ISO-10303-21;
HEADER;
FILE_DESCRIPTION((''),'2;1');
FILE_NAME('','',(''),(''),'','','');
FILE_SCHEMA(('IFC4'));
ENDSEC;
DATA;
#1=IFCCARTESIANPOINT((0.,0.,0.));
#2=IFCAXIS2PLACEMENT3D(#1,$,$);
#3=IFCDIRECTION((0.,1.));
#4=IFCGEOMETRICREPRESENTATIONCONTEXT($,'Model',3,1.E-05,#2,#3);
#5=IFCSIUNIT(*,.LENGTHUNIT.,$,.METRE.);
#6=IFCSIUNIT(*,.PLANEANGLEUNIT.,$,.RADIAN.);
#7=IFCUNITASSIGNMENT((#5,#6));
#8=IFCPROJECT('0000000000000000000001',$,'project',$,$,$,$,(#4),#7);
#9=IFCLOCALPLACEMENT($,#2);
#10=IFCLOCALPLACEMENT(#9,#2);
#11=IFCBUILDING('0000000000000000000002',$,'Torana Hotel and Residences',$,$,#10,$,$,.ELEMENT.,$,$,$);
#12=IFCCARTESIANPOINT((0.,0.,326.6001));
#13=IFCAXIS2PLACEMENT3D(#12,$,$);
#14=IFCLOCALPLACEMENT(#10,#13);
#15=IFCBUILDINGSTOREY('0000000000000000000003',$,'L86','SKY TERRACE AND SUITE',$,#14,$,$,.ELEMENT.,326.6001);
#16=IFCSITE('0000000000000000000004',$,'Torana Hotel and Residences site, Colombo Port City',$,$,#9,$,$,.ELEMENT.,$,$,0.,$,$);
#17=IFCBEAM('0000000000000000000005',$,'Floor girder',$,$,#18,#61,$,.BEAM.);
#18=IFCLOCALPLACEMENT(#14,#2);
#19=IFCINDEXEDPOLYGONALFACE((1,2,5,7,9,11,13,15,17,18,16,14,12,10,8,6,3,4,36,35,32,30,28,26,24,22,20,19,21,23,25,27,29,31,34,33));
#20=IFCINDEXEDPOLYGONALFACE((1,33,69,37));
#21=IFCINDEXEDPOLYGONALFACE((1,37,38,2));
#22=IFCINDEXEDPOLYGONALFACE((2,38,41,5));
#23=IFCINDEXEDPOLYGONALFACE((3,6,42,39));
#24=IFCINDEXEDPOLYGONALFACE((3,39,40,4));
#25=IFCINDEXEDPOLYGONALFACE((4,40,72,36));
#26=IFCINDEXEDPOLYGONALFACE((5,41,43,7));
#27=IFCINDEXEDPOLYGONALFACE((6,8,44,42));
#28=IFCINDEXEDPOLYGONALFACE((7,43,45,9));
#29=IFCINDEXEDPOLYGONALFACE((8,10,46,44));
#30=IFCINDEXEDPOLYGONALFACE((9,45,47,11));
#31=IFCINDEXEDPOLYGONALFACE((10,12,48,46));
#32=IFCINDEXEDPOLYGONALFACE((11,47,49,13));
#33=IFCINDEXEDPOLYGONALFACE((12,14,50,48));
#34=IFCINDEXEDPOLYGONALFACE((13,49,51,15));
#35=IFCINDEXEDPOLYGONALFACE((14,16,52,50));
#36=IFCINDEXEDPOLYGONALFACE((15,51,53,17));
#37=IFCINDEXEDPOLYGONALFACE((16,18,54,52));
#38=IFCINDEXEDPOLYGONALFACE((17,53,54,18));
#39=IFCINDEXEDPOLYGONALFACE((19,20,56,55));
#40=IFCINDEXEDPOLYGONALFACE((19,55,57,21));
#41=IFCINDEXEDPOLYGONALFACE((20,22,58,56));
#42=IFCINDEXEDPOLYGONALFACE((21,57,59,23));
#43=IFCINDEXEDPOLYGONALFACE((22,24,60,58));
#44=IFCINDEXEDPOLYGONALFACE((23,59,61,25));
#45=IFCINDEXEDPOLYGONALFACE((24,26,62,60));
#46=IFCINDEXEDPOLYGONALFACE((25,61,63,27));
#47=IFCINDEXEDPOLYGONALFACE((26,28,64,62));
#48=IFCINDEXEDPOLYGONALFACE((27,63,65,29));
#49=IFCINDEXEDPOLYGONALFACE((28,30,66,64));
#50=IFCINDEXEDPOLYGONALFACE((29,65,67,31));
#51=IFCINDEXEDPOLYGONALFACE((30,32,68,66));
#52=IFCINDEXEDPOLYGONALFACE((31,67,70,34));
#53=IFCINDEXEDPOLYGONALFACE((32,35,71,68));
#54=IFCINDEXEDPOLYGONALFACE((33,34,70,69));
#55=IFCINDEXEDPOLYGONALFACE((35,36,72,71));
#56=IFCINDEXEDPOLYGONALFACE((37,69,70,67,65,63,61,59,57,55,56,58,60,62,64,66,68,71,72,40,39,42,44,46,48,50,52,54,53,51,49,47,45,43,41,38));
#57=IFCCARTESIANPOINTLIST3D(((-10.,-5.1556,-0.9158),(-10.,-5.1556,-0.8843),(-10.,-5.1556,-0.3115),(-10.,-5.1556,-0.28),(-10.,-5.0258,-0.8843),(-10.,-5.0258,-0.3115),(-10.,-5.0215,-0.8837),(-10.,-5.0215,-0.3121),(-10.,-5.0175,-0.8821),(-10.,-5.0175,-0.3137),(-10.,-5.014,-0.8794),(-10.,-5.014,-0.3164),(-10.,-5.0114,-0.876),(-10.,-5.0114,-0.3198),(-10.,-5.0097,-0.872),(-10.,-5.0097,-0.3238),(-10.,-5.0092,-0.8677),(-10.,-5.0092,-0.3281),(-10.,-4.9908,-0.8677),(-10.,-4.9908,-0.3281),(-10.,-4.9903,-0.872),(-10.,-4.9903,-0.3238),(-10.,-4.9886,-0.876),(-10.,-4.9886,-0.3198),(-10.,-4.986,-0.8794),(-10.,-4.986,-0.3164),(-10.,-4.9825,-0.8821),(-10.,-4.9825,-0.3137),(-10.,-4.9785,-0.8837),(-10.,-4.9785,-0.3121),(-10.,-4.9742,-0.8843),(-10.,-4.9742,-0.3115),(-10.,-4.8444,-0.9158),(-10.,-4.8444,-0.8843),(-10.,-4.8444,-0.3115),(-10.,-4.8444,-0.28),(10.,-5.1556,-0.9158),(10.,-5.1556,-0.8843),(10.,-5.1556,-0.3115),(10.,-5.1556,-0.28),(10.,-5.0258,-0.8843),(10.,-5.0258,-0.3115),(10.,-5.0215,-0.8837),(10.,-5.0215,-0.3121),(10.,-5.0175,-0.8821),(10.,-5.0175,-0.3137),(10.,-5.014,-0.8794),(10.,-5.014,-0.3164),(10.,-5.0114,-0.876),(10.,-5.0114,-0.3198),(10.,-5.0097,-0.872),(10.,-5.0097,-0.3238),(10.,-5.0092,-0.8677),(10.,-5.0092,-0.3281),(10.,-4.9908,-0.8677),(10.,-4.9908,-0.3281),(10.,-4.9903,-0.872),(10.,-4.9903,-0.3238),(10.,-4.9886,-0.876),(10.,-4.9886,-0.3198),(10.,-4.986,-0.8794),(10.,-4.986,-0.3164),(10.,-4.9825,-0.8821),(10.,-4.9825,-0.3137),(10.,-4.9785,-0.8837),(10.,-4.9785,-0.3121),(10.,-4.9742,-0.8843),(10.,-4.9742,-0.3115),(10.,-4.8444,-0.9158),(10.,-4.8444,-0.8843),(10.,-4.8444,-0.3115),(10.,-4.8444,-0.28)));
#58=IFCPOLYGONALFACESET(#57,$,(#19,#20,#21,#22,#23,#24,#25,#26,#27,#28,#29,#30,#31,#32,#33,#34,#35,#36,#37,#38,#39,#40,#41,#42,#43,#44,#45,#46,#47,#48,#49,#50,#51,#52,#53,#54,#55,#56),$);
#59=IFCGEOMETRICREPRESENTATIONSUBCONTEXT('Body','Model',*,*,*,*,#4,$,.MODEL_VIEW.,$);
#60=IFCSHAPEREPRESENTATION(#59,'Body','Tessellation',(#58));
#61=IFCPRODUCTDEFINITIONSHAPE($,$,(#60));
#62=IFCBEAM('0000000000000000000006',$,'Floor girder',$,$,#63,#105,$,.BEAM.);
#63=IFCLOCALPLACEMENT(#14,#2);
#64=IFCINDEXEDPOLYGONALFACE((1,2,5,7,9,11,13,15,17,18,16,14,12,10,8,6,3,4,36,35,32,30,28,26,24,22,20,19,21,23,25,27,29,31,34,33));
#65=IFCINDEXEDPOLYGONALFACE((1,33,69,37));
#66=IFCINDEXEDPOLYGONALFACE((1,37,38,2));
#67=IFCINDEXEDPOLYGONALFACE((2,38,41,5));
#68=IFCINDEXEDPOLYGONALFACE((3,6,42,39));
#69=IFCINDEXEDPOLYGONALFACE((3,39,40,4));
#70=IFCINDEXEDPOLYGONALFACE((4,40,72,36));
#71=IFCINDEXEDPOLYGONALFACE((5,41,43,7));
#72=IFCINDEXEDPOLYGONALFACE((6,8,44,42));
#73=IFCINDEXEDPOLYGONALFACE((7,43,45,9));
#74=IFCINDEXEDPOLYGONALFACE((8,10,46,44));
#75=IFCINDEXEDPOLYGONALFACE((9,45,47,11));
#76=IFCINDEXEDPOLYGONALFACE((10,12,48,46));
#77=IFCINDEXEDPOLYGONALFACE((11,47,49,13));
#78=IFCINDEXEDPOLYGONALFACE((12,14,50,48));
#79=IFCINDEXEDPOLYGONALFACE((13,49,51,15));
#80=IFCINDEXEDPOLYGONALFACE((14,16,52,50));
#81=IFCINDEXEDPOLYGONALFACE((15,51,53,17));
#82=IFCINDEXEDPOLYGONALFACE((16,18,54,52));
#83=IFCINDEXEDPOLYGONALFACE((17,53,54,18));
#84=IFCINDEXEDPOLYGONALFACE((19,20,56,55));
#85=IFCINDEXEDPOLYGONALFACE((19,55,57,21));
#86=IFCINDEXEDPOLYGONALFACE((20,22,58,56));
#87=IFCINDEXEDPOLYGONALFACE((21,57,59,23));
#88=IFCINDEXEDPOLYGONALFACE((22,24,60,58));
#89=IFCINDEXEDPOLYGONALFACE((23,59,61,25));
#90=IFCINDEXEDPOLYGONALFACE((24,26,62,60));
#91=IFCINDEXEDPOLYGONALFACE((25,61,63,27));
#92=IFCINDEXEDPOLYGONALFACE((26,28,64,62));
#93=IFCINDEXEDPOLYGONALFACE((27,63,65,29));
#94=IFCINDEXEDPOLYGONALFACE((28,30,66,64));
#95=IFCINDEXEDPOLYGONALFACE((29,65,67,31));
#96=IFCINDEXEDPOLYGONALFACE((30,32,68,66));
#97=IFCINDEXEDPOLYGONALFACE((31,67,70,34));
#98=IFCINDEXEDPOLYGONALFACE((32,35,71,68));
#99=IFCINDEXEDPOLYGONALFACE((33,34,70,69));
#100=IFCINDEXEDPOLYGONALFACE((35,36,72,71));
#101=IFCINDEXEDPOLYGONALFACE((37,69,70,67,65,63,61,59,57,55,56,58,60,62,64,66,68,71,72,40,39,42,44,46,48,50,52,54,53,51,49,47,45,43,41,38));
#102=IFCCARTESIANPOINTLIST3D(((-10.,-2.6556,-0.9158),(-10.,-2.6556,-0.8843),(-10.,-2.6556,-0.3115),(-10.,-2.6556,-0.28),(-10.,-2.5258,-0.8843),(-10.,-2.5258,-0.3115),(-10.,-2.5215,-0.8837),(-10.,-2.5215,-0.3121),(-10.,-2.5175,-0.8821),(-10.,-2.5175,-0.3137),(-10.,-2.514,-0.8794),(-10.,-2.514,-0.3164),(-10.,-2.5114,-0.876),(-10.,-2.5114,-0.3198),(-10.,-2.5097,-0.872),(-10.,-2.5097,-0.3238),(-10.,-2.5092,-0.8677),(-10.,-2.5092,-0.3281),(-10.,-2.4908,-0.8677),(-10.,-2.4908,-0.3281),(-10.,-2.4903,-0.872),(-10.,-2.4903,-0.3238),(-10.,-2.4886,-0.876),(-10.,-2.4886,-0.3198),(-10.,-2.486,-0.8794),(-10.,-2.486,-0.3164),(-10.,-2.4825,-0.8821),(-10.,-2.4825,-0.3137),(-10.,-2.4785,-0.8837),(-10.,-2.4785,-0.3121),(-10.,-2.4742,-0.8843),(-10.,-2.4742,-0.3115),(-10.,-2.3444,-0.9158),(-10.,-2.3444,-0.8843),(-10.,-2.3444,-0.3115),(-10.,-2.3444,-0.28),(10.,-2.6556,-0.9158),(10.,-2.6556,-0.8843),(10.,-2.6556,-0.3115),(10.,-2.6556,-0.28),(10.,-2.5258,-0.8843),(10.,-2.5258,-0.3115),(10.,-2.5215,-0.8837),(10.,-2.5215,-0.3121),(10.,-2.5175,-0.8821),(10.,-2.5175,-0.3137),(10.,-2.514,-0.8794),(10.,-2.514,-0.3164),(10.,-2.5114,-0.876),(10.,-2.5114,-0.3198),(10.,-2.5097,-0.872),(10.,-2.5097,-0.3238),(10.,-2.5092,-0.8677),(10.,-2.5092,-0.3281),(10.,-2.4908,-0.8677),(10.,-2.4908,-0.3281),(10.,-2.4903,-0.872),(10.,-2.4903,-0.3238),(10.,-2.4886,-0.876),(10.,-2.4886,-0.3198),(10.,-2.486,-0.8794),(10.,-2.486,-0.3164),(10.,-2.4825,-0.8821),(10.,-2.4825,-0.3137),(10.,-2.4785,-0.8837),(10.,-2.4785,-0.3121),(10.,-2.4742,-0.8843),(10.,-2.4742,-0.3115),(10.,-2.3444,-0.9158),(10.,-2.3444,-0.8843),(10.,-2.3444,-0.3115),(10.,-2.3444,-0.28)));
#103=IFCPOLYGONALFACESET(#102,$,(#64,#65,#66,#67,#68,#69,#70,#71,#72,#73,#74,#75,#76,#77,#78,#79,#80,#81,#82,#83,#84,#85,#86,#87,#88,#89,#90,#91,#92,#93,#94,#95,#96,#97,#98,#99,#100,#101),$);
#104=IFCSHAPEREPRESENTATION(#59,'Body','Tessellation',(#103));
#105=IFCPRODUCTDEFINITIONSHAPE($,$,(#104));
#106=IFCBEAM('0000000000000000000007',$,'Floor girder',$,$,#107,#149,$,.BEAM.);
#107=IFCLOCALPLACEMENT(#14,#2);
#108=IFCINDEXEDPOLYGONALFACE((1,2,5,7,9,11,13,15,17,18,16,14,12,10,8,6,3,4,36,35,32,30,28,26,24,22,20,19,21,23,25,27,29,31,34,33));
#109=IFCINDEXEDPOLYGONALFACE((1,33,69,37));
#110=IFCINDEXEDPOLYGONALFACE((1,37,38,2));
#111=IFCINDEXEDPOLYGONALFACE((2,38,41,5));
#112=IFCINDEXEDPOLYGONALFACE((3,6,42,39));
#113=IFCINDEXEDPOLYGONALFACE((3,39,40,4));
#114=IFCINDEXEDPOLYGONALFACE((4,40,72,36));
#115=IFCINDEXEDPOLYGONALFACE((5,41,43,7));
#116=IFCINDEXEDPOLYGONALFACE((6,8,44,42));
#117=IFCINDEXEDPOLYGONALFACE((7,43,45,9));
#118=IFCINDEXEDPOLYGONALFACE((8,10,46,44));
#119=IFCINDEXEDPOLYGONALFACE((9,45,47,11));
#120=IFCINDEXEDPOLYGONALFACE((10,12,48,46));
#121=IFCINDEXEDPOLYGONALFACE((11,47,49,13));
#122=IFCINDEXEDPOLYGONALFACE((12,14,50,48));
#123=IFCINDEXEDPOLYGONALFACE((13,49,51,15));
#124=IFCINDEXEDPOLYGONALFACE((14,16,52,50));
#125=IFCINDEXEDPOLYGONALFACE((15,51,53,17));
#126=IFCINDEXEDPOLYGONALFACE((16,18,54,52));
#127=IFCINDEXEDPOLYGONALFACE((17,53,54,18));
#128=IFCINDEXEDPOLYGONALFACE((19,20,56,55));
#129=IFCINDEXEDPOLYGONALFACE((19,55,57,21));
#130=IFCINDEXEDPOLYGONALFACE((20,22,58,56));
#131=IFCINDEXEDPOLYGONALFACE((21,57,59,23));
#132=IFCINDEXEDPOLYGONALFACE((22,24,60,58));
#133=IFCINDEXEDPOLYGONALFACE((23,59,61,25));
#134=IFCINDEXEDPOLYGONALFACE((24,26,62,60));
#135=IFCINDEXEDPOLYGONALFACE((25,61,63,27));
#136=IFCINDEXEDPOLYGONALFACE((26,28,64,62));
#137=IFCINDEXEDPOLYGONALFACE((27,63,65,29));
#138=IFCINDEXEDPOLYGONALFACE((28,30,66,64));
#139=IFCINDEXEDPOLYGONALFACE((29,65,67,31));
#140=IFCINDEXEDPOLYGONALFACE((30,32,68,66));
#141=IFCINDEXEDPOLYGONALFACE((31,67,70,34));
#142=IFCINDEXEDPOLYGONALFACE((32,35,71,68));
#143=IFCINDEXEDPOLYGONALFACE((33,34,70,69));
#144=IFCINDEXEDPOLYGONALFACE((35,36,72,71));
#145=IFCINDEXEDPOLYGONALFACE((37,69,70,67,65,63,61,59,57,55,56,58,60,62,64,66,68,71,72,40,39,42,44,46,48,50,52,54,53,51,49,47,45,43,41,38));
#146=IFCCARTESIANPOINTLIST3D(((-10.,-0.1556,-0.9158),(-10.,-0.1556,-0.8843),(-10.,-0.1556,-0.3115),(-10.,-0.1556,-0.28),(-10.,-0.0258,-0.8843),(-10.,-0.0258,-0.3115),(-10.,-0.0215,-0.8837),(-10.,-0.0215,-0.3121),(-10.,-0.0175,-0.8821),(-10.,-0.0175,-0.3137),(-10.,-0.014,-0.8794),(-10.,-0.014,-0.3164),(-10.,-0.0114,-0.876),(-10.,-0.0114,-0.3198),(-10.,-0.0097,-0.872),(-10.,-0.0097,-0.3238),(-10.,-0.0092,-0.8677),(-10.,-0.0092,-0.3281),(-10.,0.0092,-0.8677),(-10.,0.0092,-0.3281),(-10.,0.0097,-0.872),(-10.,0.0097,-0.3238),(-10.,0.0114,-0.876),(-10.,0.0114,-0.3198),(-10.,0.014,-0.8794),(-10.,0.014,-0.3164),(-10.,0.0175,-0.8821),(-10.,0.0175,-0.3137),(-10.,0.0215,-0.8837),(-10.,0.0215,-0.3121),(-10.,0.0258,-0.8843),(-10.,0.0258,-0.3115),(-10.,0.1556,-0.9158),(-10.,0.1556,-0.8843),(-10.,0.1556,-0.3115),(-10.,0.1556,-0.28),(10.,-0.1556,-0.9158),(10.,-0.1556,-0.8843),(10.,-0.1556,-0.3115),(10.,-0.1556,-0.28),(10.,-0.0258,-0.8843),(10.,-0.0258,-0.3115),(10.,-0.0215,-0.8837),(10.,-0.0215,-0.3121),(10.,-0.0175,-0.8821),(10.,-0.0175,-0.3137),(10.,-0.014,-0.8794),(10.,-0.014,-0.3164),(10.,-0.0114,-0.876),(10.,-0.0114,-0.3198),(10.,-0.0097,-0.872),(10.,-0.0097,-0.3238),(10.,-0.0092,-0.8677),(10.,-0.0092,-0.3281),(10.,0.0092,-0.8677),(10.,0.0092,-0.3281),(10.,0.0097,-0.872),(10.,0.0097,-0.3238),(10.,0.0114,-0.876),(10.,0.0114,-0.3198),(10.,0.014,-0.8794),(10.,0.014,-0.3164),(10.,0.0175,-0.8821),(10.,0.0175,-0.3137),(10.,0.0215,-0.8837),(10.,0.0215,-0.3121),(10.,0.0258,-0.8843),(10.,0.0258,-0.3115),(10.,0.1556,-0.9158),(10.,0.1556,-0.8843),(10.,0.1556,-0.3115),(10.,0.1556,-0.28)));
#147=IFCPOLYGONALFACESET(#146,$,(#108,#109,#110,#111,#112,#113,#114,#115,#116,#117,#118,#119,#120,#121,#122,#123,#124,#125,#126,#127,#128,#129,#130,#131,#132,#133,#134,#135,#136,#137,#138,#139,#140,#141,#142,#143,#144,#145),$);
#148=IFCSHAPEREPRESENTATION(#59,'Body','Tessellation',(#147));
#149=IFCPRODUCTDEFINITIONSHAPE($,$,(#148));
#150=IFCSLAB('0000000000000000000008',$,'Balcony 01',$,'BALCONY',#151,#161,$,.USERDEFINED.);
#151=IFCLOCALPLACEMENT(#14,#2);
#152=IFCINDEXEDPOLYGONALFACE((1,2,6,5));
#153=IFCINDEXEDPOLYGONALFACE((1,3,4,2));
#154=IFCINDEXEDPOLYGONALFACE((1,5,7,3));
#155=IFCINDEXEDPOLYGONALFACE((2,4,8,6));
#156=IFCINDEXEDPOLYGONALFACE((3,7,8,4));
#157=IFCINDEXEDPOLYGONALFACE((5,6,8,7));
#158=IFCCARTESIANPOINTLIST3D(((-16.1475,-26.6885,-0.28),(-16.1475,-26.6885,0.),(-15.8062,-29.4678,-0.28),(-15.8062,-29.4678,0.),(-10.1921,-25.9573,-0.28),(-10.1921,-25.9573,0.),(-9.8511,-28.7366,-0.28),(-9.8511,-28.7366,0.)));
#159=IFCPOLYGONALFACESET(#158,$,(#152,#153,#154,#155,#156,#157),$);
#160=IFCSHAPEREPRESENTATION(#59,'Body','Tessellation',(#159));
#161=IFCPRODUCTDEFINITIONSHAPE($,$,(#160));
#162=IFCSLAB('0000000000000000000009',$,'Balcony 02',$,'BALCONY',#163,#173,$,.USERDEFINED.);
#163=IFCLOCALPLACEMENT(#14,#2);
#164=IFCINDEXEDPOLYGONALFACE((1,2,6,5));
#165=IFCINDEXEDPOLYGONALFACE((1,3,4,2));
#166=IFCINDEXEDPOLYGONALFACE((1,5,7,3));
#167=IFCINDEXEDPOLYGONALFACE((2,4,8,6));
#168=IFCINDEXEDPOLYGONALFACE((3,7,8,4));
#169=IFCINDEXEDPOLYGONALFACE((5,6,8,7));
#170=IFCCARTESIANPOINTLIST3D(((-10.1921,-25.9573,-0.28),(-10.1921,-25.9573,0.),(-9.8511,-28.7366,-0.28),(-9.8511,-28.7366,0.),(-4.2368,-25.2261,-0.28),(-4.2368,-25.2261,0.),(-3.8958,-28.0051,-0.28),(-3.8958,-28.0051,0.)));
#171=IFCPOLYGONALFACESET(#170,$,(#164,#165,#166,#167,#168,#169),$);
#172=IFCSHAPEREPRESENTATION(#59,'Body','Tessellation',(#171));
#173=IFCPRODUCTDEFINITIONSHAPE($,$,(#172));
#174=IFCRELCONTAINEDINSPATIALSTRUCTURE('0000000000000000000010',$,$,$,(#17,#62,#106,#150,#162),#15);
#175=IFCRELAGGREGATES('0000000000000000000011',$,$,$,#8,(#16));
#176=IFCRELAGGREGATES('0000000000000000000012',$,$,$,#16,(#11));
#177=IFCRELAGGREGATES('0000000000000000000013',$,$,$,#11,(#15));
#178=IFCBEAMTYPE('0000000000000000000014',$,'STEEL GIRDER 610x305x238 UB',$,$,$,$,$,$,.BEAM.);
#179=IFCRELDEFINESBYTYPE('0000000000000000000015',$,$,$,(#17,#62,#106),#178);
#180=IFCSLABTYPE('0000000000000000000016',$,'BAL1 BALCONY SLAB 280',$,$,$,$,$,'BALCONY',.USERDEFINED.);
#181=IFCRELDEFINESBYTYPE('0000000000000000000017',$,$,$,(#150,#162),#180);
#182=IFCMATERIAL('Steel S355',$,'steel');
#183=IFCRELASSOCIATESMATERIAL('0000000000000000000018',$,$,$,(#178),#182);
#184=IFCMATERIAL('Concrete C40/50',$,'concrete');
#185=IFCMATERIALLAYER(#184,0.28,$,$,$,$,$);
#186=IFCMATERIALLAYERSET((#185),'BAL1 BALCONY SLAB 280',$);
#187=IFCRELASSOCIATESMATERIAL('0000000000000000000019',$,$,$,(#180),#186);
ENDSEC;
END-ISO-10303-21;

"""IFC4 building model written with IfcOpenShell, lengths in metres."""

from ifc_helpers import new_model, si_unit, direction, frame, origin, origin_2d, place, context, subcontext, project, spatial, polyline, i_section, outline, extrude, material, layer, layer_set, material_profile, profile_set, type_object, element, save


model = new_model("IFC4")

# Units and contexts
model_context = context("Model", 3, precision=1e-05, world=origin(), true_north=direction((0.0, 1.0)))
body_context = subcontext(model_context, "Body", "Model", "MODEL_VIEW")
ifc_project = project(units=[si_unit("LENGTHUNIT", "METRE"), si_unit("PLANEANGLEUNIT", "RADIAN")], contexts=[model_context])

# Site, building, storey
site_placement = place(None, origin())
site = spatial("IfcSite", under=ifc_project, at=site_placement, Name="Torana Hotel and Residences site, Colombo Port City", CompositionType="ELEMENT", RefElevation=0.0)
building_placement = place(site_placement, origin())
building = spatial("IfcBuilding", under=site, at=building_placement, Name="Torana Hotel and Residences", CompositionType="ELEMENT")
storey_placement = place(building_placement, frame((0.0, 0.0, 326.6001)))
storey = spatial("IfcBuildingStorey", under=building, at=storey_placement, Name="L86", Description="SKY TERRACE AND SUITE", CompositionType="ELEMENT", Elevation=326.6001)

# Beams
ifc_material_1 = material(Name="Steel S355", Category="steel")
ifc_material_profile = material_profile(ifc_material_1, i_section(OverallWidth=0.3113, OverallDepth=0.6357, WebThickness=0.0183, FlangeThickness=0.0315, FilletRadius=0.0166, at=origin_2d()), Name="610x305x238 UB")
ifc_profile_set = profile_set([ifc_material_profile], Name="Steel S355")
beam_type = type_object("IfcBeamType", Name="STEEL GIRDER 610x305x238 UB", PredefinedType="BEAM", material=ifc_profile_set)
for number, where, z_axis, x_axis, name in (
    (1, (-10.0, -5.0, -0.5979), (1.0, 0.0, 0.0), (0.0, 1.0, 0.0), "Floor girder"),
    (2, (-10.0, -2.5, -0.5979), (1.0, 0.0, 0.0), (0.0, 1.0, 0.0), "Floor girder"),
    (3, (-10.0, 0.0, -0.5979), (1.0, 0.0, 0.0), (0.0, 1.0, 0.0), "Floor girder"),
):
    element("IfcBeam", number, at=place(storey_placement, frame(where, z_axis=z_axis, x_axis=x_axis)), inside=storey, type_object=beam_type, Name=name, PredefinedType="BEAM", context=body_context, shape_type="SweptSolid", body=[
        extrude(i_section(OverallWidth=0.3113, OverallDepth=0.6357, WebThickness=0.0183, FlangeThickness=0.0315, FilletRadius=0.0166, at=origin_2d()), origin(), (0.0, 0.0, 1.0), 20.0),
    ])

# Slabs
ifc_material_2 = material(Name="Concrete C40/50", Category="concrete")
ifc_layer_1 = layer(ifc_material_2, 0.28)
ifc_layer_set_1 = layer_set([ifc_layer_1], Name="BAL1 BALCONY SLAB 280")
slab_type_1 = type_object("IfcSlabType", Name="BAL1 BALCONY SLAB 280", ElementType="BALCONY", PredefinedType="USERDEFINED", material=ifc_layer_set_1)
slab_1_placement = place(storey_placement, frame((0.0, 0.0, -0.28)))
element("IfcSlab", 4, at=slab_1_placement, inside=storey, type_object=slab_type_1, Name="Balcony 01", ObjectType="BALCONY", PredefinedType="USERDEFINED", context=body_context, shape_type="SweptSolid", body=[
    extrude(outline(polyline([(-15.8062, -29.4678), (-9.8511, -28.7366), (-10.1921, -25.9573), (-16.1475, -26.6885), (-15.8062, -29.4678)])), origin(), (0.0, 0.0, 1.0), 0.28),
])
slab_2_placement = place(storey_placement, frame((0.0, 0.0, -0.28)))
element("IfcSlab", 5, at=slab_2_placement, inside=storey, type_object=slab_type_1, Name="Balcony 02", ObjectType="BALCONY", PredefinedType="USERDEFINED", context=body_context, shape_type="SweptSolid", body=[
    extrude(outline(polyline([(-9.8511, -28.7366), (-3.8958, -28.0051), (-4.2368, -25.2261), (-10.1921, -25.9573), (-9.8511, -28.7366)])), origin(), (0.0, 0.0, 1.0), 0.28),
])

save(model, "model.ifc")
